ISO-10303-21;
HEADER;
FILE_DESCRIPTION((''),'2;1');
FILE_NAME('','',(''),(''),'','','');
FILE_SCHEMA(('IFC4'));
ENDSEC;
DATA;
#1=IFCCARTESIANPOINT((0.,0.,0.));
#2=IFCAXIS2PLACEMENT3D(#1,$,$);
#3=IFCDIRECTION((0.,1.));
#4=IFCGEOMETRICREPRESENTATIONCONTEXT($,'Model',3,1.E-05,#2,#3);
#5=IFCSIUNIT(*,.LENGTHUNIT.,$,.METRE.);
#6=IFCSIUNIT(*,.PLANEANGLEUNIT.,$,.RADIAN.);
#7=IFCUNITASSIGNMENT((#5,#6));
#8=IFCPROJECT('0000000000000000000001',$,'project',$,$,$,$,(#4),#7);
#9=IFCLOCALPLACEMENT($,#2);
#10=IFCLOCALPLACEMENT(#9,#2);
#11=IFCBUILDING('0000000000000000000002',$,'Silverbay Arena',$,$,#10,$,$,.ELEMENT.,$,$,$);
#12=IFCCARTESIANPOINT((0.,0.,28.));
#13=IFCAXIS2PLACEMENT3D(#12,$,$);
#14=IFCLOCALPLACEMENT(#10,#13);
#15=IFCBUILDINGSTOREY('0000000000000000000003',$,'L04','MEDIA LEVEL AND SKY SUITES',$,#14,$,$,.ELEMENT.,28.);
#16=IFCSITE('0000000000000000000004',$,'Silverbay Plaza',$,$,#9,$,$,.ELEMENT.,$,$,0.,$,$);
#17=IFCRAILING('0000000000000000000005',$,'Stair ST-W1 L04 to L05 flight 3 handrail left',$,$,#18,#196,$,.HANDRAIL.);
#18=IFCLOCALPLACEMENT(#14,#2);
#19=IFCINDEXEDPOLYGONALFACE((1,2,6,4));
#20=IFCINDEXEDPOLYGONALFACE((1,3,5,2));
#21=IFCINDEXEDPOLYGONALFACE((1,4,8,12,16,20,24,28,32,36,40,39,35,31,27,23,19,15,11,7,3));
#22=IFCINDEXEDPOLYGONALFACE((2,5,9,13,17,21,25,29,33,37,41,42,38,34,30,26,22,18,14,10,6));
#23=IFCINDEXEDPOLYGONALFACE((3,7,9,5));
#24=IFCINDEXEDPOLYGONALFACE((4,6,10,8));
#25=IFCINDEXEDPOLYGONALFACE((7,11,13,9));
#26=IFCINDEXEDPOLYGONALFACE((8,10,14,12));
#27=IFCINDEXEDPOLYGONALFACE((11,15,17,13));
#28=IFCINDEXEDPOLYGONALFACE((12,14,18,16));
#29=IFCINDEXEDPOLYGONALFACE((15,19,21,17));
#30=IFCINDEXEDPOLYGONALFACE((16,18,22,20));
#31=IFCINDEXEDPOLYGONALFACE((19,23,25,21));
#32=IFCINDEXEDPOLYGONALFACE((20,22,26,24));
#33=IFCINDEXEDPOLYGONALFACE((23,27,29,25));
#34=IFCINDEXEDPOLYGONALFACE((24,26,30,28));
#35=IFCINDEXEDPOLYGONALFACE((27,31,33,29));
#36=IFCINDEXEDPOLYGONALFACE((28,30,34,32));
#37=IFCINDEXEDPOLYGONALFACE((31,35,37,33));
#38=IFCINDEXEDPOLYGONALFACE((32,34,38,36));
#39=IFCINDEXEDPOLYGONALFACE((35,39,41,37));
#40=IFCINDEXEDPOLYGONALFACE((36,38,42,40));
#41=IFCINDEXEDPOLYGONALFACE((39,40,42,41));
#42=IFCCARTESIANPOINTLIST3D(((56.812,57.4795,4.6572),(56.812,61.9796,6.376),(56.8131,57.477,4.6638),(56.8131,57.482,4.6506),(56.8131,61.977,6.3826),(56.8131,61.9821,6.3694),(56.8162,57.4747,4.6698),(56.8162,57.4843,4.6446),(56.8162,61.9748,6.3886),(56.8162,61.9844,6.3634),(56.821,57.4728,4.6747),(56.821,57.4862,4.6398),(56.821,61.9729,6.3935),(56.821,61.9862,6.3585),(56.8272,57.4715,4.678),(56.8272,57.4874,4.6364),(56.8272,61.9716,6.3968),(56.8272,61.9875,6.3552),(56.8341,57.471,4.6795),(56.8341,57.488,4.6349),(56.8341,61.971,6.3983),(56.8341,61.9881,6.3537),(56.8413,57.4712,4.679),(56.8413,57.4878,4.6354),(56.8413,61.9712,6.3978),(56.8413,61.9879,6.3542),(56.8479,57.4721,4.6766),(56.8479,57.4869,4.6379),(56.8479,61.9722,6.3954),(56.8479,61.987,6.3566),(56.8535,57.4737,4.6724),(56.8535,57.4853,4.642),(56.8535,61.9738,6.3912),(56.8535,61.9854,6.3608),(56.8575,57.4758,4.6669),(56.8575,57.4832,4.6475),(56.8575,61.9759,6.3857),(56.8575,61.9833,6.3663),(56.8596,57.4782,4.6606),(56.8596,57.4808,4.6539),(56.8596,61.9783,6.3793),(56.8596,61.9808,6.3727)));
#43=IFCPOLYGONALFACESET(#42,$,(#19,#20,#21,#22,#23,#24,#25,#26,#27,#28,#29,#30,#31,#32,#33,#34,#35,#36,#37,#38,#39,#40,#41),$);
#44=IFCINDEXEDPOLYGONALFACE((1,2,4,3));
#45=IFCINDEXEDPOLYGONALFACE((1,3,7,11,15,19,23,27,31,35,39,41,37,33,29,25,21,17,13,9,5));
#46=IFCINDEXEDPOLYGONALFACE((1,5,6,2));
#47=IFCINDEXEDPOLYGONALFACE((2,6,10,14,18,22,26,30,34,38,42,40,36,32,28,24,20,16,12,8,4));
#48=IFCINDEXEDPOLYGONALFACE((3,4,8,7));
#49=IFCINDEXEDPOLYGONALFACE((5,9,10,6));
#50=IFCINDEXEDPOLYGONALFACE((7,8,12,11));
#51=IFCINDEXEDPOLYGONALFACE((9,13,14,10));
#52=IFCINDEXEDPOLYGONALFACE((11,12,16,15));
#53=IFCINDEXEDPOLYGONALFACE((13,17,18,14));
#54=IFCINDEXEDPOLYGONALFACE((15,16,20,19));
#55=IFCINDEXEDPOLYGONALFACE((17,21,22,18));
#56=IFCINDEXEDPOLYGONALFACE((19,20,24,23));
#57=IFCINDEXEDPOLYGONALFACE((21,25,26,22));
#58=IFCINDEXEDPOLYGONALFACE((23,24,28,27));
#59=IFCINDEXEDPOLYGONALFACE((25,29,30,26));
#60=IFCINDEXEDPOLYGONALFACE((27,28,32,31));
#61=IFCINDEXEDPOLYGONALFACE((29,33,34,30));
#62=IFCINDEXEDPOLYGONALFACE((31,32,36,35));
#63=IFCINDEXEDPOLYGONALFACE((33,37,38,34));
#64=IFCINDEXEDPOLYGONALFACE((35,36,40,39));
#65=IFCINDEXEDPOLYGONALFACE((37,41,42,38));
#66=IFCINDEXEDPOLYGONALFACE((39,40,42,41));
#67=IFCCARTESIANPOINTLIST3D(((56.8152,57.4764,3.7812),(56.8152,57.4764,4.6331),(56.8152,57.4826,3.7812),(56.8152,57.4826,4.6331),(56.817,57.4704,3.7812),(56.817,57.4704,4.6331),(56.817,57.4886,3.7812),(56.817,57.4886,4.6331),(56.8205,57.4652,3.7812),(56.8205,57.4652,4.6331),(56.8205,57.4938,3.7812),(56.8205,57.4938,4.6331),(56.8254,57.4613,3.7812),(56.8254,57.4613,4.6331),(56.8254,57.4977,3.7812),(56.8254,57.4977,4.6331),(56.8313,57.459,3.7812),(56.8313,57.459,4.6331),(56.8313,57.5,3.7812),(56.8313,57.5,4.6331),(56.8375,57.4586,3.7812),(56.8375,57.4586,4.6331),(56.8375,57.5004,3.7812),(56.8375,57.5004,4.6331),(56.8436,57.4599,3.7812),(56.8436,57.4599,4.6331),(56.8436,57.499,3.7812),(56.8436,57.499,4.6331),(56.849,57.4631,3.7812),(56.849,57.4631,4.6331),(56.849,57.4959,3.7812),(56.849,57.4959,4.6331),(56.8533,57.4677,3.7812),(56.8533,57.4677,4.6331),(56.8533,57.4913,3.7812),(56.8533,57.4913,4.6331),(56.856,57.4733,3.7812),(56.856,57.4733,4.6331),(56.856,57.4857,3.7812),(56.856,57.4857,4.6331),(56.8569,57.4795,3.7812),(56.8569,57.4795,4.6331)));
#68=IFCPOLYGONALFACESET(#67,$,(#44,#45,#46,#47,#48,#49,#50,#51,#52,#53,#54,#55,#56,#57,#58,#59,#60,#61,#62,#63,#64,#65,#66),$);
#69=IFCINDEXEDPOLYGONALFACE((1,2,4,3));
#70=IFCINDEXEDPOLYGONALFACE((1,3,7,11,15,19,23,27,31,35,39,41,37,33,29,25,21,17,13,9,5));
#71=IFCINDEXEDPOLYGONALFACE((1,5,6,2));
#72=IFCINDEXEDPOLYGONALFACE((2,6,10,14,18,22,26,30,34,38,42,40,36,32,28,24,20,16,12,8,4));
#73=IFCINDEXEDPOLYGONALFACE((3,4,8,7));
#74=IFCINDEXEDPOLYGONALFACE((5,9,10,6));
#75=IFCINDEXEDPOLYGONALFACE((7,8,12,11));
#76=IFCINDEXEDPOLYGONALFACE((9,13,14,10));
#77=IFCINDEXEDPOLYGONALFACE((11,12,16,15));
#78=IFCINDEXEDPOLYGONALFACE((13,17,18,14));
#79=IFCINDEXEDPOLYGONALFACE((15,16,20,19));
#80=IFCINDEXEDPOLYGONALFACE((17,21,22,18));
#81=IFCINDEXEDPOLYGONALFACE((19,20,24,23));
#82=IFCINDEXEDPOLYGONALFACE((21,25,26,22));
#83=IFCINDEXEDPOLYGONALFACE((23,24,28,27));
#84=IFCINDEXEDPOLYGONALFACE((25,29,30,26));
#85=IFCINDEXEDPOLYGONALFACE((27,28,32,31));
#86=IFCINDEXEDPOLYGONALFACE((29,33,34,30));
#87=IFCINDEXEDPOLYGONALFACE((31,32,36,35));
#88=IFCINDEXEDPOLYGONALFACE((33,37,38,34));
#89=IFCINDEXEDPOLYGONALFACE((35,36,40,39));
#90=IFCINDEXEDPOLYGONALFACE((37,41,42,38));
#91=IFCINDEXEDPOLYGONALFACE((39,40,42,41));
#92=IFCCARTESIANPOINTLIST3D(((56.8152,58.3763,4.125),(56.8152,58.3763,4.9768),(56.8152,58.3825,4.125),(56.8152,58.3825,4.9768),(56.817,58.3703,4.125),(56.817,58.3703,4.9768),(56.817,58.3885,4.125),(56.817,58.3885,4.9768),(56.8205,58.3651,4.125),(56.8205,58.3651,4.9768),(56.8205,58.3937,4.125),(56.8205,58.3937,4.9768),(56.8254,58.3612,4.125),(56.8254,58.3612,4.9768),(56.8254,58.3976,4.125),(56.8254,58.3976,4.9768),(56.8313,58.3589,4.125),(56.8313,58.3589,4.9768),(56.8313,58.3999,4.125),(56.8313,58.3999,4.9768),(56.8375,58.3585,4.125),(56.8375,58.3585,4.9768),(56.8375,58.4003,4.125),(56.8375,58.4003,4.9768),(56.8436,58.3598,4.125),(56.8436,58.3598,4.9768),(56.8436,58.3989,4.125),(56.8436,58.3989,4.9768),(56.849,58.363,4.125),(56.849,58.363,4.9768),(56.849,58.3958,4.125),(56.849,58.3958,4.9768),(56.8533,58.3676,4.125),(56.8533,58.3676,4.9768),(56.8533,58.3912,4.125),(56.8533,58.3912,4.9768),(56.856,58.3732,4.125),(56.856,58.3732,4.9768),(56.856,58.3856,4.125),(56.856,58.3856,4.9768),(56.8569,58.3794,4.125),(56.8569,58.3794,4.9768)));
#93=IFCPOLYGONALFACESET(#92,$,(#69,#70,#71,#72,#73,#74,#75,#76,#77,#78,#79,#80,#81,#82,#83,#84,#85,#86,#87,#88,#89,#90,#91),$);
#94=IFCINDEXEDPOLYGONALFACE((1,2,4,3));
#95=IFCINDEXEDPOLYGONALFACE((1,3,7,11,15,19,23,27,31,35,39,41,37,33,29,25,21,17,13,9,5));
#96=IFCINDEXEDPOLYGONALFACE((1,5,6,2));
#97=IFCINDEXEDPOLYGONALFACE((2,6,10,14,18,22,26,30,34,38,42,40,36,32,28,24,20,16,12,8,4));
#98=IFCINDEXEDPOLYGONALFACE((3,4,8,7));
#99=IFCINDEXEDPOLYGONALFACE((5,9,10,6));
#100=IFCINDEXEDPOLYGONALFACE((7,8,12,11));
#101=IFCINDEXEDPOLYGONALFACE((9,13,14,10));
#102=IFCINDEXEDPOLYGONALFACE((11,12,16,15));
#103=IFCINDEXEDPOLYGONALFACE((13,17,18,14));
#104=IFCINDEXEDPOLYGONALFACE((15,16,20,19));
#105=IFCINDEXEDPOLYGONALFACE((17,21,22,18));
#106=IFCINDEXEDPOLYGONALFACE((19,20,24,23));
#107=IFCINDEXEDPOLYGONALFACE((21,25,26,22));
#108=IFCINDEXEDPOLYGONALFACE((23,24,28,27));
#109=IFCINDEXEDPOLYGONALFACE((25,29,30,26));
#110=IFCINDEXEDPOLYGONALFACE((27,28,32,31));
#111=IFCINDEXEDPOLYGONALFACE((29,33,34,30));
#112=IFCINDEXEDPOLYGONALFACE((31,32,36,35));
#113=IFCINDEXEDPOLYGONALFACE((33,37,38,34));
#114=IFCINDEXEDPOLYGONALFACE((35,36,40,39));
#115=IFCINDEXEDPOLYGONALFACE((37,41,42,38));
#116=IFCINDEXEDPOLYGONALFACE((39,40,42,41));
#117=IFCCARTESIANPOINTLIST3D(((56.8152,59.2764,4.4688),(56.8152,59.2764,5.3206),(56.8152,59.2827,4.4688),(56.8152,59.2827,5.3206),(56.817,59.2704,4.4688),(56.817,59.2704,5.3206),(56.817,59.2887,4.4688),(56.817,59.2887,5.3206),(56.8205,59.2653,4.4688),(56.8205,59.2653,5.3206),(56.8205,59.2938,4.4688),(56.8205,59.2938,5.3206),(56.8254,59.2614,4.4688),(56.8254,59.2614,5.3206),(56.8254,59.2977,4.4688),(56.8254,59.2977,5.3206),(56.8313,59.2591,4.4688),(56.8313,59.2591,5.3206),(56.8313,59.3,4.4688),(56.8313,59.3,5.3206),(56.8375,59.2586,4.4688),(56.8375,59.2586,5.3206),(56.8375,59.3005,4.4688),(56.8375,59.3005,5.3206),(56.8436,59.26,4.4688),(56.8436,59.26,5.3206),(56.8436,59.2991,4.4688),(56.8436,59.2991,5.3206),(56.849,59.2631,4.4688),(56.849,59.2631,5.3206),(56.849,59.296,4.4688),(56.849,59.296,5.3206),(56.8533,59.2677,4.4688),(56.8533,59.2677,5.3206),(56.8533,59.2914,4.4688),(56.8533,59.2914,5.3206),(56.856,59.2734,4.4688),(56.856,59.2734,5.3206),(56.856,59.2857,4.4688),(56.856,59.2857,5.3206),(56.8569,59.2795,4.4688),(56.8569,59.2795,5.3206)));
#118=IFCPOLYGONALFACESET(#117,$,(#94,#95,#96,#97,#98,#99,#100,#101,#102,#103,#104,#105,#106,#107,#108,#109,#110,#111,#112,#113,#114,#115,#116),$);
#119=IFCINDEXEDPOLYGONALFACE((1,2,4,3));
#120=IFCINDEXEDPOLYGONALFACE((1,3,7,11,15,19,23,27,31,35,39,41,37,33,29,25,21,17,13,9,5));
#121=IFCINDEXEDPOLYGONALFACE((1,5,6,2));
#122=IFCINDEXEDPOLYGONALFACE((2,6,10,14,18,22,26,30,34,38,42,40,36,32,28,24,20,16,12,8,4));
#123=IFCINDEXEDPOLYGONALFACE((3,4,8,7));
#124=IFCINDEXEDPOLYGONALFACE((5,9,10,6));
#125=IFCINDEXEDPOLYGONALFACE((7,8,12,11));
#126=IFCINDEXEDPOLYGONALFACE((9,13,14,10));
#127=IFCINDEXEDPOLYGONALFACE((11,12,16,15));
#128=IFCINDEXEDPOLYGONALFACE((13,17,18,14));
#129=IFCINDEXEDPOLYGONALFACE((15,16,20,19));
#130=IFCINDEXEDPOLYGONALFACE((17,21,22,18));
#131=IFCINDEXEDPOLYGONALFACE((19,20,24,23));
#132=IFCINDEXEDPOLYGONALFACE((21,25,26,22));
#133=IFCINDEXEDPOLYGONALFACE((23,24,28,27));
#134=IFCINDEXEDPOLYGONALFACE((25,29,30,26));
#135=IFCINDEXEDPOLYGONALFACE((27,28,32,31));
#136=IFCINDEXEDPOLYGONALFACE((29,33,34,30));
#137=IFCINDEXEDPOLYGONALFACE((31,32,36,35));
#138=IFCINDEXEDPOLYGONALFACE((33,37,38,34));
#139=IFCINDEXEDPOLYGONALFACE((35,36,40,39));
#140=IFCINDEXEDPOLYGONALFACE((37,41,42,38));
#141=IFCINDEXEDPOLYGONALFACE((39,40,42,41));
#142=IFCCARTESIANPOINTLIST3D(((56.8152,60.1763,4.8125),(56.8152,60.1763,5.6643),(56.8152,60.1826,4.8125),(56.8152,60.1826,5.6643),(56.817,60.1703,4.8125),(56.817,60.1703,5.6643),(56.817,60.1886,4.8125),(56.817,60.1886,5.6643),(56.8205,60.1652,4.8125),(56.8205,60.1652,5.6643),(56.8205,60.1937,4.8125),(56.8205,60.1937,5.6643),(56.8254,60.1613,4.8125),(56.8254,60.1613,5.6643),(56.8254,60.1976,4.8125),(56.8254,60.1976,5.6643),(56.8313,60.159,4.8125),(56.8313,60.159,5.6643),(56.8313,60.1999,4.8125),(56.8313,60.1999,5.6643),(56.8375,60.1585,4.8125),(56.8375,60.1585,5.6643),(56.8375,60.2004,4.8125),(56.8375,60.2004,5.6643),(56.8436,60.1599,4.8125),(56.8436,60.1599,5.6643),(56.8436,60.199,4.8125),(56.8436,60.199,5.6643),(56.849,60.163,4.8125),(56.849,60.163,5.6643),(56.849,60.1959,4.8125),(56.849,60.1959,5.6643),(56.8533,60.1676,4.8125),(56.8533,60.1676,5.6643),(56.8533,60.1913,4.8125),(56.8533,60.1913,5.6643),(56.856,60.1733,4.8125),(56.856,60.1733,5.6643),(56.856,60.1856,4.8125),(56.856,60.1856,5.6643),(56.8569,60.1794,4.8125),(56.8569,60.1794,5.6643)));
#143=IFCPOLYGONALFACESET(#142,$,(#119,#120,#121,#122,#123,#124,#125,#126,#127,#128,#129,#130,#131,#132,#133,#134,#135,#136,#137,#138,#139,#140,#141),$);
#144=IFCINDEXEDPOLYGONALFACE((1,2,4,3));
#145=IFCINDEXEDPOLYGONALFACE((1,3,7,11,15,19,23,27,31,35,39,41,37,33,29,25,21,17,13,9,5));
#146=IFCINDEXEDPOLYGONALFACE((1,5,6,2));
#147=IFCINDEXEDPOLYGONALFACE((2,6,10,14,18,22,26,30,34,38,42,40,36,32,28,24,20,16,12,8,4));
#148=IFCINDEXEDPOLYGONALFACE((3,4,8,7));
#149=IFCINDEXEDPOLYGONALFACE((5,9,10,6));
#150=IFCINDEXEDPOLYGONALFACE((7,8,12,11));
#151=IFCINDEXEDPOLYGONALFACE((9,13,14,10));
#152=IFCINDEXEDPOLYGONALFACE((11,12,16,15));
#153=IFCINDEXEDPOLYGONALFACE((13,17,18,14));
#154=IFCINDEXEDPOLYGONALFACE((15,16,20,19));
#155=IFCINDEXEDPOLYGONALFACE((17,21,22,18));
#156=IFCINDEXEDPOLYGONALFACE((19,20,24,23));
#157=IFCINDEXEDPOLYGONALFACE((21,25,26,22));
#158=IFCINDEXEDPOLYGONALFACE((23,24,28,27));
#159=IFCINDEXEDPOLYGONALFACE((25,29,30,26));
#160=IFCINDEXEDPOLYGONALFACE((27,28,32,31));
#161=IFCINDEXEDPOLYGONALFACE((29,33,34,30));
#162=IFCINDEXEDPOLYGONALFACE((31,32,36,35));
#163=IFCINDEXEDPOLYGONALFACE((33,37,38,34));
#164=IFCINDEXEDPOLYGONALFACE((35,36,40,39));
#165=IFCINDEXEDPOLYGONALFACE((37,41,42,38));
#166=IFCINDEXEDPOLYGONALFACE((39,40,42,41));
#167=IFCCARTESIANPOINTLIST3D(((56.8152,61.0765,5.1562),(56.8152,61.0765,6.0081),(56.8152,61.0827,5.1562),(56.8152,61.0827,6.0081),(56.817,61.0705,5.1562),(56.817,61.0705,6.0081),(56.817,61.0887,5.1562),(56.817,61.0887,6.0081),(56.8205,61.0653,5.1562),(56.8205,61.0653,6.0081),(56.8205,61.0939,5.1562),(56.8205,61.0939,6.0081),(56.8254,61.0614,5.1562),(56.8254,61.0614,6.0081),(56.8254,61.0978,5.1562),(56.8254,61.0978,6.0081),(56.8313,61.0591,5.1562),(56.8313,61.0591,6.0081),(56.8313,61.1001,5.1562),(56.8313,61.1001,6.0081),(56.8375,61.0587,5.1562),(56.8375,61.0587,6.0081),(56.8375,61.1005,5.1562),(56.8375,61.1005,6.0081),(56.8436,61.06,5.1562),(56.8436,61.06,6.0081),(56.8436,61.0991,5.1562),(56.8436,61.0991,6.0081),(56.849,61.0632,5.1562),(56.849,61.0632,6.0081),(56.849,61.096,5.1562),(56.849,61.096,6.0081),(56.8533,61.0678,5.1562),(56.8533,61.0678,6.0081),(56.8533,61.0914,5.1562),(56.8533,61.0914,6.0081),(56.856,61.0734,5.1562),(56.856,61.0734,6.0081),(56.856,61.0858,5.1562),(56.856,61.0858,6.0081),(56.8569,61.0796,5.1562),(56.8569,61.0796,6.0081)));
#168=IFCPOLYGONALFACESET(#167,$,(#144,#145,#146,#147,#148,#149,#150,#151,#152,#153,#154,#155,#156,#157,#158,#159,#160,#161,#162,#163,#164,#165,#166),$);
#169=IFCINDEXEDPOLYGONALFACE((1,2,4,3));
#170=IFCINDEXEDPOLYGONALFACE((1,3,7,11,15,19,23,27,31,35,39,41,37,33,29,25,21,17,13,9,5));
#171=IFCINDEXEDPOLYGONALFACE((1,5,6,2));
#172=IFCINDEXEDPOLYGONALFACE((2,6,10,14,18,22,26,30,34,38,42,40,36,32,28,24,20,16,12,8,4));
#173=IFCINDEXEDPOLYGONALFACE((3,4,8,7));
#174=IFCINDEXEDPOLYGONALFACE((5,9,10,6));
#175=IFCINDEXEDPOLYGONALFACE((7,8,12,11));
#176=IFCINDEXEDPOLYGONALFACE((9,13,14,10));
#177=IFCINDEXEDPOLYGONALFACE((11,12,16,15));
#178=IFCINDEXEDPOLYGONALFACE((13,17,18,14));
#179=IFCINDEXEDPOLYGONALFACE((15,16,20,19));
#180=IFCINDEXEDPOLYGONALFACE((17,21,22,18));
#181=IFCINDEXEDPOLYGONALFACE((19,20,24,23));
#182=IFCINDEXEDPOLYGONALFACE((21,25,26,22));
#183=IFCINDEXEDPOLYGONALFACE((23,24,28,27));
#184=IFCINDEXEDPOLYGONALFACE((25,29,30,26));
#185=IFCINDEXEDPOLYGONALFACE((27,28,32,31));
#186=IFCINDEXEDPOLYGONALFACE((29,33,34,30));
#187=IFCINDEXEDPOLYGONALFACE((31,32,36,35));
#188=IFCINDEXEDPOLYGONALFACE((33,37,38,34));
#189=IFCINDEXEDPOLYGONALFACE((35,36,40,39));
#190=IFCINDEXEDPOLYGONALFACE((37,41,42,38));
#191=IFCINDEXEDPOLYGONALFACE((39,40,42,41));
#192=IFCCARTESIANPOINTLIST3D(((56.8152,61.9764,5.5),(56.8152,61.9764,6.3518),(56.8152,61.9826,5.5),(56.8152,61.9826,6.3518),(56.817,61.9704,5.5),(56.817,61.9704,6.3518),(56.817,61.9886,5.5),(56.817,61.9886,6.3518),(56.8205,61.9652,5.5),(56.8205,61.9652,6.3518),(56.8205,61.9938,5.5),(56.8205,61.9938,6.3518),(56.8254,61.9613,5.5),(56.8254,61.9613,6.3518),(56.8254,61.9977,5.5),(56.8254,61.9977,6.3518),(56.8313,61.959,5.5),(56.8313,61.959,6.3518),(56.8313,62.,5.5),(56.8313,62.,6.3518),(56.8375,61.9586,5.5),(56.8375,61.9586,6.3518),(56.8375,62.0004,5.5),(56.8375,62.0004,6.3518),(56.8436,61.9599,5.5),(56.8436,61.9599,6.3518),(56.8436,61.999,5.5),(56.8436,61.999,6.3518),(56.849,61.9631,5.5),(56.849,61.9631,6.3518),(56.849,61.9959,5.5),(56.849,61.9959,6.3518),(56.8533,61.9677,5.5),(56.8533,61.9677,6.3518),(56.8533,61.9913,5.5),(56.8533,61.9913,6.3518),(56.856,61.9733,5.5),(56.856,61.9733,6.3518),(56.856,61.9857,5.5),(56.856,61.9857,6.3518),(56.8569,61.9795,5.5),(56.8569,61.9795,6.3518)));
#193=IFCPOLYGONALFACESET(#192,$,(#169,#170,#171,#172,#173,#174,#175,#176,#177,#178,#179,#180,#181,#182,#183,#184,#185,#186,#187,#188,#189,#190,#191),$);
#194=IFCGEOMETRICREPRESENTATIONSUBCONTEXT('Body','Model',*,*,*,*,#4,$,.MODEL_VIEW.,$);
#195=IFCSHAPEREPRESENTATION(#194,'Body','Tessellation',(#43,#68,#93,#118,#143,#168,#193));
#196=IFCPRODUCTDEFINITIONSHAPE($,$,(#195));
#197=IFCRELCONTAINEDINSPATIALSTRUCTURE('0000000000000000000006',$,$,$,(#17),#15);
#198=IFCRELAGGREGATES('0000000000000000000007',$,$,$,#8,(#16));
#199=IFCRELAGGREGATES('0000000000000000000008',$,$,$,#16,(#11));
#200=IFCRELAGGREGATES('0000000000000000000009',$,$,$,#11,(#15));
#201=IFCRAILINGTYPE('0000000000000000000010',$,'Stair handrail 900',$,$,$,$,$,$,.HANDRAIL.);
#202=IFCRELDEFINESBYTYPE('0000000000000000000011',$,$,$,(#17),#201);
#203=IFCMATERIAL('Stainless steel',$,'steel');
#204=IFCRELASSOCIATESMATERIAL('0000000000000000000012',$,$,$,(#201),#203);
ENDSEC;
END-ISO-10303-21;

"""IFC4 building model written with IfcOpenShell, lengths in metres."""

from ifc_helpers import new_model, si_unit, direction, frame, origin, origin_2d, place, context, subcontext, project, spatial, circle, extrude, material, type_object, element, save


model = new_model("IFC4")

# Units and contexts
model_context = context("Model", 3, precision=1e-05, world=origin(), true_north=direction((0.0, 1.0)))
body_context = subcontext(model_context, "Body", "Model", "MODEL_VIEW")
ifc_project = project(units=[si_unit("LENGTHUNIT", "METRE"), si_unit("PLANEANGLEUNIT", "RADIAN")], contexts=[model_context])

# Site, building, storey
site_placement = place(None, origin())
site = spatial("IfcSite", under=ifc_project, at=site_placement, Name="Silverbay Plaza", CompositionType="ELEMENT", RefElevation=0.0)
building_placement = place(site_placement, origin())
building = spatial("IfcBuilding", under=site, at=building_placement, Name="Silverbay Arena", CompositionType="ELEMENT")
storey_placement = place(building_placement, frame((0.0, 0.0, 28.0)))
storey = spatial("IfcBuildingStorey", under=building, at=storey_placement, Name="L04", Description="MEDIA LEVEL AND SKY SUITES", CompositionType="ELEMENT", Elevation=28.0)

# Railing
ifc_material_1 = material(Name="Stainless steel", Category="steel")
railing_type_1 = type_object("IfcRailingType", Name="Stair handrail 900", PredefinedType="HANDRAIL", material=ifc_material_1)
for number, where, name in (
    (1, (56.8359, 57.4795, 3.7812), "Stair ST-W1 L04 to L05 flight 3 handrail left"),
):
    element("IfcRailing", number, at=place(storey_placement, frame(where)), inside=storey, type_object=railing_type_1, Name=name, PredefinedType="HANDRAIL", context=body_context, shape_type="SweptSolid", body=[
        extrude(circle(Radius=0.0239, at=origin_2d()), frame((0.0, 0.0, 0.876), z_axis=(0.0, 0.934179, 0.356805), x_axis=(-1.0, 0.0, 0.0)), (0.0, 0.0, 1.0), 4.8171),
        extrude(circle(Radius=0.021, at=origin_2d()), origin(), (0.0, 0.0, 1.0), 0.8518),
        extrude(circle(Radius=0.021, at=origin_2d()), frame((0.0, 0.8999, 0.3438)), (0.0, 0.0, 1.0), 0.8518),
        extrude(circle(Radius=0.021, at=origin_2d()), frame((0.0, 1.8, 0.6875)), (0.0, 0.0, 1.0), 0.8518),
        extrude(circle(Radius=0.021, at=origin_2d()), frame((0.0, 2.7, 1.0312)), (0.0, 0.0, 1.0), 0.8518),
        extrude(circle(Radius=0.021, at=origin_2d()), frame((0.0, 3.6001, 1.375)), (0.0, 0.0, 1.0), 0.8518),
        extrude(circle(Radius=0.021, at=origin_2d()), frame((0.0, 4.5, 1.7188)), (0.0, 0.0, 1.0), 0.8518),
    ])

save(model, "model.ifc")
